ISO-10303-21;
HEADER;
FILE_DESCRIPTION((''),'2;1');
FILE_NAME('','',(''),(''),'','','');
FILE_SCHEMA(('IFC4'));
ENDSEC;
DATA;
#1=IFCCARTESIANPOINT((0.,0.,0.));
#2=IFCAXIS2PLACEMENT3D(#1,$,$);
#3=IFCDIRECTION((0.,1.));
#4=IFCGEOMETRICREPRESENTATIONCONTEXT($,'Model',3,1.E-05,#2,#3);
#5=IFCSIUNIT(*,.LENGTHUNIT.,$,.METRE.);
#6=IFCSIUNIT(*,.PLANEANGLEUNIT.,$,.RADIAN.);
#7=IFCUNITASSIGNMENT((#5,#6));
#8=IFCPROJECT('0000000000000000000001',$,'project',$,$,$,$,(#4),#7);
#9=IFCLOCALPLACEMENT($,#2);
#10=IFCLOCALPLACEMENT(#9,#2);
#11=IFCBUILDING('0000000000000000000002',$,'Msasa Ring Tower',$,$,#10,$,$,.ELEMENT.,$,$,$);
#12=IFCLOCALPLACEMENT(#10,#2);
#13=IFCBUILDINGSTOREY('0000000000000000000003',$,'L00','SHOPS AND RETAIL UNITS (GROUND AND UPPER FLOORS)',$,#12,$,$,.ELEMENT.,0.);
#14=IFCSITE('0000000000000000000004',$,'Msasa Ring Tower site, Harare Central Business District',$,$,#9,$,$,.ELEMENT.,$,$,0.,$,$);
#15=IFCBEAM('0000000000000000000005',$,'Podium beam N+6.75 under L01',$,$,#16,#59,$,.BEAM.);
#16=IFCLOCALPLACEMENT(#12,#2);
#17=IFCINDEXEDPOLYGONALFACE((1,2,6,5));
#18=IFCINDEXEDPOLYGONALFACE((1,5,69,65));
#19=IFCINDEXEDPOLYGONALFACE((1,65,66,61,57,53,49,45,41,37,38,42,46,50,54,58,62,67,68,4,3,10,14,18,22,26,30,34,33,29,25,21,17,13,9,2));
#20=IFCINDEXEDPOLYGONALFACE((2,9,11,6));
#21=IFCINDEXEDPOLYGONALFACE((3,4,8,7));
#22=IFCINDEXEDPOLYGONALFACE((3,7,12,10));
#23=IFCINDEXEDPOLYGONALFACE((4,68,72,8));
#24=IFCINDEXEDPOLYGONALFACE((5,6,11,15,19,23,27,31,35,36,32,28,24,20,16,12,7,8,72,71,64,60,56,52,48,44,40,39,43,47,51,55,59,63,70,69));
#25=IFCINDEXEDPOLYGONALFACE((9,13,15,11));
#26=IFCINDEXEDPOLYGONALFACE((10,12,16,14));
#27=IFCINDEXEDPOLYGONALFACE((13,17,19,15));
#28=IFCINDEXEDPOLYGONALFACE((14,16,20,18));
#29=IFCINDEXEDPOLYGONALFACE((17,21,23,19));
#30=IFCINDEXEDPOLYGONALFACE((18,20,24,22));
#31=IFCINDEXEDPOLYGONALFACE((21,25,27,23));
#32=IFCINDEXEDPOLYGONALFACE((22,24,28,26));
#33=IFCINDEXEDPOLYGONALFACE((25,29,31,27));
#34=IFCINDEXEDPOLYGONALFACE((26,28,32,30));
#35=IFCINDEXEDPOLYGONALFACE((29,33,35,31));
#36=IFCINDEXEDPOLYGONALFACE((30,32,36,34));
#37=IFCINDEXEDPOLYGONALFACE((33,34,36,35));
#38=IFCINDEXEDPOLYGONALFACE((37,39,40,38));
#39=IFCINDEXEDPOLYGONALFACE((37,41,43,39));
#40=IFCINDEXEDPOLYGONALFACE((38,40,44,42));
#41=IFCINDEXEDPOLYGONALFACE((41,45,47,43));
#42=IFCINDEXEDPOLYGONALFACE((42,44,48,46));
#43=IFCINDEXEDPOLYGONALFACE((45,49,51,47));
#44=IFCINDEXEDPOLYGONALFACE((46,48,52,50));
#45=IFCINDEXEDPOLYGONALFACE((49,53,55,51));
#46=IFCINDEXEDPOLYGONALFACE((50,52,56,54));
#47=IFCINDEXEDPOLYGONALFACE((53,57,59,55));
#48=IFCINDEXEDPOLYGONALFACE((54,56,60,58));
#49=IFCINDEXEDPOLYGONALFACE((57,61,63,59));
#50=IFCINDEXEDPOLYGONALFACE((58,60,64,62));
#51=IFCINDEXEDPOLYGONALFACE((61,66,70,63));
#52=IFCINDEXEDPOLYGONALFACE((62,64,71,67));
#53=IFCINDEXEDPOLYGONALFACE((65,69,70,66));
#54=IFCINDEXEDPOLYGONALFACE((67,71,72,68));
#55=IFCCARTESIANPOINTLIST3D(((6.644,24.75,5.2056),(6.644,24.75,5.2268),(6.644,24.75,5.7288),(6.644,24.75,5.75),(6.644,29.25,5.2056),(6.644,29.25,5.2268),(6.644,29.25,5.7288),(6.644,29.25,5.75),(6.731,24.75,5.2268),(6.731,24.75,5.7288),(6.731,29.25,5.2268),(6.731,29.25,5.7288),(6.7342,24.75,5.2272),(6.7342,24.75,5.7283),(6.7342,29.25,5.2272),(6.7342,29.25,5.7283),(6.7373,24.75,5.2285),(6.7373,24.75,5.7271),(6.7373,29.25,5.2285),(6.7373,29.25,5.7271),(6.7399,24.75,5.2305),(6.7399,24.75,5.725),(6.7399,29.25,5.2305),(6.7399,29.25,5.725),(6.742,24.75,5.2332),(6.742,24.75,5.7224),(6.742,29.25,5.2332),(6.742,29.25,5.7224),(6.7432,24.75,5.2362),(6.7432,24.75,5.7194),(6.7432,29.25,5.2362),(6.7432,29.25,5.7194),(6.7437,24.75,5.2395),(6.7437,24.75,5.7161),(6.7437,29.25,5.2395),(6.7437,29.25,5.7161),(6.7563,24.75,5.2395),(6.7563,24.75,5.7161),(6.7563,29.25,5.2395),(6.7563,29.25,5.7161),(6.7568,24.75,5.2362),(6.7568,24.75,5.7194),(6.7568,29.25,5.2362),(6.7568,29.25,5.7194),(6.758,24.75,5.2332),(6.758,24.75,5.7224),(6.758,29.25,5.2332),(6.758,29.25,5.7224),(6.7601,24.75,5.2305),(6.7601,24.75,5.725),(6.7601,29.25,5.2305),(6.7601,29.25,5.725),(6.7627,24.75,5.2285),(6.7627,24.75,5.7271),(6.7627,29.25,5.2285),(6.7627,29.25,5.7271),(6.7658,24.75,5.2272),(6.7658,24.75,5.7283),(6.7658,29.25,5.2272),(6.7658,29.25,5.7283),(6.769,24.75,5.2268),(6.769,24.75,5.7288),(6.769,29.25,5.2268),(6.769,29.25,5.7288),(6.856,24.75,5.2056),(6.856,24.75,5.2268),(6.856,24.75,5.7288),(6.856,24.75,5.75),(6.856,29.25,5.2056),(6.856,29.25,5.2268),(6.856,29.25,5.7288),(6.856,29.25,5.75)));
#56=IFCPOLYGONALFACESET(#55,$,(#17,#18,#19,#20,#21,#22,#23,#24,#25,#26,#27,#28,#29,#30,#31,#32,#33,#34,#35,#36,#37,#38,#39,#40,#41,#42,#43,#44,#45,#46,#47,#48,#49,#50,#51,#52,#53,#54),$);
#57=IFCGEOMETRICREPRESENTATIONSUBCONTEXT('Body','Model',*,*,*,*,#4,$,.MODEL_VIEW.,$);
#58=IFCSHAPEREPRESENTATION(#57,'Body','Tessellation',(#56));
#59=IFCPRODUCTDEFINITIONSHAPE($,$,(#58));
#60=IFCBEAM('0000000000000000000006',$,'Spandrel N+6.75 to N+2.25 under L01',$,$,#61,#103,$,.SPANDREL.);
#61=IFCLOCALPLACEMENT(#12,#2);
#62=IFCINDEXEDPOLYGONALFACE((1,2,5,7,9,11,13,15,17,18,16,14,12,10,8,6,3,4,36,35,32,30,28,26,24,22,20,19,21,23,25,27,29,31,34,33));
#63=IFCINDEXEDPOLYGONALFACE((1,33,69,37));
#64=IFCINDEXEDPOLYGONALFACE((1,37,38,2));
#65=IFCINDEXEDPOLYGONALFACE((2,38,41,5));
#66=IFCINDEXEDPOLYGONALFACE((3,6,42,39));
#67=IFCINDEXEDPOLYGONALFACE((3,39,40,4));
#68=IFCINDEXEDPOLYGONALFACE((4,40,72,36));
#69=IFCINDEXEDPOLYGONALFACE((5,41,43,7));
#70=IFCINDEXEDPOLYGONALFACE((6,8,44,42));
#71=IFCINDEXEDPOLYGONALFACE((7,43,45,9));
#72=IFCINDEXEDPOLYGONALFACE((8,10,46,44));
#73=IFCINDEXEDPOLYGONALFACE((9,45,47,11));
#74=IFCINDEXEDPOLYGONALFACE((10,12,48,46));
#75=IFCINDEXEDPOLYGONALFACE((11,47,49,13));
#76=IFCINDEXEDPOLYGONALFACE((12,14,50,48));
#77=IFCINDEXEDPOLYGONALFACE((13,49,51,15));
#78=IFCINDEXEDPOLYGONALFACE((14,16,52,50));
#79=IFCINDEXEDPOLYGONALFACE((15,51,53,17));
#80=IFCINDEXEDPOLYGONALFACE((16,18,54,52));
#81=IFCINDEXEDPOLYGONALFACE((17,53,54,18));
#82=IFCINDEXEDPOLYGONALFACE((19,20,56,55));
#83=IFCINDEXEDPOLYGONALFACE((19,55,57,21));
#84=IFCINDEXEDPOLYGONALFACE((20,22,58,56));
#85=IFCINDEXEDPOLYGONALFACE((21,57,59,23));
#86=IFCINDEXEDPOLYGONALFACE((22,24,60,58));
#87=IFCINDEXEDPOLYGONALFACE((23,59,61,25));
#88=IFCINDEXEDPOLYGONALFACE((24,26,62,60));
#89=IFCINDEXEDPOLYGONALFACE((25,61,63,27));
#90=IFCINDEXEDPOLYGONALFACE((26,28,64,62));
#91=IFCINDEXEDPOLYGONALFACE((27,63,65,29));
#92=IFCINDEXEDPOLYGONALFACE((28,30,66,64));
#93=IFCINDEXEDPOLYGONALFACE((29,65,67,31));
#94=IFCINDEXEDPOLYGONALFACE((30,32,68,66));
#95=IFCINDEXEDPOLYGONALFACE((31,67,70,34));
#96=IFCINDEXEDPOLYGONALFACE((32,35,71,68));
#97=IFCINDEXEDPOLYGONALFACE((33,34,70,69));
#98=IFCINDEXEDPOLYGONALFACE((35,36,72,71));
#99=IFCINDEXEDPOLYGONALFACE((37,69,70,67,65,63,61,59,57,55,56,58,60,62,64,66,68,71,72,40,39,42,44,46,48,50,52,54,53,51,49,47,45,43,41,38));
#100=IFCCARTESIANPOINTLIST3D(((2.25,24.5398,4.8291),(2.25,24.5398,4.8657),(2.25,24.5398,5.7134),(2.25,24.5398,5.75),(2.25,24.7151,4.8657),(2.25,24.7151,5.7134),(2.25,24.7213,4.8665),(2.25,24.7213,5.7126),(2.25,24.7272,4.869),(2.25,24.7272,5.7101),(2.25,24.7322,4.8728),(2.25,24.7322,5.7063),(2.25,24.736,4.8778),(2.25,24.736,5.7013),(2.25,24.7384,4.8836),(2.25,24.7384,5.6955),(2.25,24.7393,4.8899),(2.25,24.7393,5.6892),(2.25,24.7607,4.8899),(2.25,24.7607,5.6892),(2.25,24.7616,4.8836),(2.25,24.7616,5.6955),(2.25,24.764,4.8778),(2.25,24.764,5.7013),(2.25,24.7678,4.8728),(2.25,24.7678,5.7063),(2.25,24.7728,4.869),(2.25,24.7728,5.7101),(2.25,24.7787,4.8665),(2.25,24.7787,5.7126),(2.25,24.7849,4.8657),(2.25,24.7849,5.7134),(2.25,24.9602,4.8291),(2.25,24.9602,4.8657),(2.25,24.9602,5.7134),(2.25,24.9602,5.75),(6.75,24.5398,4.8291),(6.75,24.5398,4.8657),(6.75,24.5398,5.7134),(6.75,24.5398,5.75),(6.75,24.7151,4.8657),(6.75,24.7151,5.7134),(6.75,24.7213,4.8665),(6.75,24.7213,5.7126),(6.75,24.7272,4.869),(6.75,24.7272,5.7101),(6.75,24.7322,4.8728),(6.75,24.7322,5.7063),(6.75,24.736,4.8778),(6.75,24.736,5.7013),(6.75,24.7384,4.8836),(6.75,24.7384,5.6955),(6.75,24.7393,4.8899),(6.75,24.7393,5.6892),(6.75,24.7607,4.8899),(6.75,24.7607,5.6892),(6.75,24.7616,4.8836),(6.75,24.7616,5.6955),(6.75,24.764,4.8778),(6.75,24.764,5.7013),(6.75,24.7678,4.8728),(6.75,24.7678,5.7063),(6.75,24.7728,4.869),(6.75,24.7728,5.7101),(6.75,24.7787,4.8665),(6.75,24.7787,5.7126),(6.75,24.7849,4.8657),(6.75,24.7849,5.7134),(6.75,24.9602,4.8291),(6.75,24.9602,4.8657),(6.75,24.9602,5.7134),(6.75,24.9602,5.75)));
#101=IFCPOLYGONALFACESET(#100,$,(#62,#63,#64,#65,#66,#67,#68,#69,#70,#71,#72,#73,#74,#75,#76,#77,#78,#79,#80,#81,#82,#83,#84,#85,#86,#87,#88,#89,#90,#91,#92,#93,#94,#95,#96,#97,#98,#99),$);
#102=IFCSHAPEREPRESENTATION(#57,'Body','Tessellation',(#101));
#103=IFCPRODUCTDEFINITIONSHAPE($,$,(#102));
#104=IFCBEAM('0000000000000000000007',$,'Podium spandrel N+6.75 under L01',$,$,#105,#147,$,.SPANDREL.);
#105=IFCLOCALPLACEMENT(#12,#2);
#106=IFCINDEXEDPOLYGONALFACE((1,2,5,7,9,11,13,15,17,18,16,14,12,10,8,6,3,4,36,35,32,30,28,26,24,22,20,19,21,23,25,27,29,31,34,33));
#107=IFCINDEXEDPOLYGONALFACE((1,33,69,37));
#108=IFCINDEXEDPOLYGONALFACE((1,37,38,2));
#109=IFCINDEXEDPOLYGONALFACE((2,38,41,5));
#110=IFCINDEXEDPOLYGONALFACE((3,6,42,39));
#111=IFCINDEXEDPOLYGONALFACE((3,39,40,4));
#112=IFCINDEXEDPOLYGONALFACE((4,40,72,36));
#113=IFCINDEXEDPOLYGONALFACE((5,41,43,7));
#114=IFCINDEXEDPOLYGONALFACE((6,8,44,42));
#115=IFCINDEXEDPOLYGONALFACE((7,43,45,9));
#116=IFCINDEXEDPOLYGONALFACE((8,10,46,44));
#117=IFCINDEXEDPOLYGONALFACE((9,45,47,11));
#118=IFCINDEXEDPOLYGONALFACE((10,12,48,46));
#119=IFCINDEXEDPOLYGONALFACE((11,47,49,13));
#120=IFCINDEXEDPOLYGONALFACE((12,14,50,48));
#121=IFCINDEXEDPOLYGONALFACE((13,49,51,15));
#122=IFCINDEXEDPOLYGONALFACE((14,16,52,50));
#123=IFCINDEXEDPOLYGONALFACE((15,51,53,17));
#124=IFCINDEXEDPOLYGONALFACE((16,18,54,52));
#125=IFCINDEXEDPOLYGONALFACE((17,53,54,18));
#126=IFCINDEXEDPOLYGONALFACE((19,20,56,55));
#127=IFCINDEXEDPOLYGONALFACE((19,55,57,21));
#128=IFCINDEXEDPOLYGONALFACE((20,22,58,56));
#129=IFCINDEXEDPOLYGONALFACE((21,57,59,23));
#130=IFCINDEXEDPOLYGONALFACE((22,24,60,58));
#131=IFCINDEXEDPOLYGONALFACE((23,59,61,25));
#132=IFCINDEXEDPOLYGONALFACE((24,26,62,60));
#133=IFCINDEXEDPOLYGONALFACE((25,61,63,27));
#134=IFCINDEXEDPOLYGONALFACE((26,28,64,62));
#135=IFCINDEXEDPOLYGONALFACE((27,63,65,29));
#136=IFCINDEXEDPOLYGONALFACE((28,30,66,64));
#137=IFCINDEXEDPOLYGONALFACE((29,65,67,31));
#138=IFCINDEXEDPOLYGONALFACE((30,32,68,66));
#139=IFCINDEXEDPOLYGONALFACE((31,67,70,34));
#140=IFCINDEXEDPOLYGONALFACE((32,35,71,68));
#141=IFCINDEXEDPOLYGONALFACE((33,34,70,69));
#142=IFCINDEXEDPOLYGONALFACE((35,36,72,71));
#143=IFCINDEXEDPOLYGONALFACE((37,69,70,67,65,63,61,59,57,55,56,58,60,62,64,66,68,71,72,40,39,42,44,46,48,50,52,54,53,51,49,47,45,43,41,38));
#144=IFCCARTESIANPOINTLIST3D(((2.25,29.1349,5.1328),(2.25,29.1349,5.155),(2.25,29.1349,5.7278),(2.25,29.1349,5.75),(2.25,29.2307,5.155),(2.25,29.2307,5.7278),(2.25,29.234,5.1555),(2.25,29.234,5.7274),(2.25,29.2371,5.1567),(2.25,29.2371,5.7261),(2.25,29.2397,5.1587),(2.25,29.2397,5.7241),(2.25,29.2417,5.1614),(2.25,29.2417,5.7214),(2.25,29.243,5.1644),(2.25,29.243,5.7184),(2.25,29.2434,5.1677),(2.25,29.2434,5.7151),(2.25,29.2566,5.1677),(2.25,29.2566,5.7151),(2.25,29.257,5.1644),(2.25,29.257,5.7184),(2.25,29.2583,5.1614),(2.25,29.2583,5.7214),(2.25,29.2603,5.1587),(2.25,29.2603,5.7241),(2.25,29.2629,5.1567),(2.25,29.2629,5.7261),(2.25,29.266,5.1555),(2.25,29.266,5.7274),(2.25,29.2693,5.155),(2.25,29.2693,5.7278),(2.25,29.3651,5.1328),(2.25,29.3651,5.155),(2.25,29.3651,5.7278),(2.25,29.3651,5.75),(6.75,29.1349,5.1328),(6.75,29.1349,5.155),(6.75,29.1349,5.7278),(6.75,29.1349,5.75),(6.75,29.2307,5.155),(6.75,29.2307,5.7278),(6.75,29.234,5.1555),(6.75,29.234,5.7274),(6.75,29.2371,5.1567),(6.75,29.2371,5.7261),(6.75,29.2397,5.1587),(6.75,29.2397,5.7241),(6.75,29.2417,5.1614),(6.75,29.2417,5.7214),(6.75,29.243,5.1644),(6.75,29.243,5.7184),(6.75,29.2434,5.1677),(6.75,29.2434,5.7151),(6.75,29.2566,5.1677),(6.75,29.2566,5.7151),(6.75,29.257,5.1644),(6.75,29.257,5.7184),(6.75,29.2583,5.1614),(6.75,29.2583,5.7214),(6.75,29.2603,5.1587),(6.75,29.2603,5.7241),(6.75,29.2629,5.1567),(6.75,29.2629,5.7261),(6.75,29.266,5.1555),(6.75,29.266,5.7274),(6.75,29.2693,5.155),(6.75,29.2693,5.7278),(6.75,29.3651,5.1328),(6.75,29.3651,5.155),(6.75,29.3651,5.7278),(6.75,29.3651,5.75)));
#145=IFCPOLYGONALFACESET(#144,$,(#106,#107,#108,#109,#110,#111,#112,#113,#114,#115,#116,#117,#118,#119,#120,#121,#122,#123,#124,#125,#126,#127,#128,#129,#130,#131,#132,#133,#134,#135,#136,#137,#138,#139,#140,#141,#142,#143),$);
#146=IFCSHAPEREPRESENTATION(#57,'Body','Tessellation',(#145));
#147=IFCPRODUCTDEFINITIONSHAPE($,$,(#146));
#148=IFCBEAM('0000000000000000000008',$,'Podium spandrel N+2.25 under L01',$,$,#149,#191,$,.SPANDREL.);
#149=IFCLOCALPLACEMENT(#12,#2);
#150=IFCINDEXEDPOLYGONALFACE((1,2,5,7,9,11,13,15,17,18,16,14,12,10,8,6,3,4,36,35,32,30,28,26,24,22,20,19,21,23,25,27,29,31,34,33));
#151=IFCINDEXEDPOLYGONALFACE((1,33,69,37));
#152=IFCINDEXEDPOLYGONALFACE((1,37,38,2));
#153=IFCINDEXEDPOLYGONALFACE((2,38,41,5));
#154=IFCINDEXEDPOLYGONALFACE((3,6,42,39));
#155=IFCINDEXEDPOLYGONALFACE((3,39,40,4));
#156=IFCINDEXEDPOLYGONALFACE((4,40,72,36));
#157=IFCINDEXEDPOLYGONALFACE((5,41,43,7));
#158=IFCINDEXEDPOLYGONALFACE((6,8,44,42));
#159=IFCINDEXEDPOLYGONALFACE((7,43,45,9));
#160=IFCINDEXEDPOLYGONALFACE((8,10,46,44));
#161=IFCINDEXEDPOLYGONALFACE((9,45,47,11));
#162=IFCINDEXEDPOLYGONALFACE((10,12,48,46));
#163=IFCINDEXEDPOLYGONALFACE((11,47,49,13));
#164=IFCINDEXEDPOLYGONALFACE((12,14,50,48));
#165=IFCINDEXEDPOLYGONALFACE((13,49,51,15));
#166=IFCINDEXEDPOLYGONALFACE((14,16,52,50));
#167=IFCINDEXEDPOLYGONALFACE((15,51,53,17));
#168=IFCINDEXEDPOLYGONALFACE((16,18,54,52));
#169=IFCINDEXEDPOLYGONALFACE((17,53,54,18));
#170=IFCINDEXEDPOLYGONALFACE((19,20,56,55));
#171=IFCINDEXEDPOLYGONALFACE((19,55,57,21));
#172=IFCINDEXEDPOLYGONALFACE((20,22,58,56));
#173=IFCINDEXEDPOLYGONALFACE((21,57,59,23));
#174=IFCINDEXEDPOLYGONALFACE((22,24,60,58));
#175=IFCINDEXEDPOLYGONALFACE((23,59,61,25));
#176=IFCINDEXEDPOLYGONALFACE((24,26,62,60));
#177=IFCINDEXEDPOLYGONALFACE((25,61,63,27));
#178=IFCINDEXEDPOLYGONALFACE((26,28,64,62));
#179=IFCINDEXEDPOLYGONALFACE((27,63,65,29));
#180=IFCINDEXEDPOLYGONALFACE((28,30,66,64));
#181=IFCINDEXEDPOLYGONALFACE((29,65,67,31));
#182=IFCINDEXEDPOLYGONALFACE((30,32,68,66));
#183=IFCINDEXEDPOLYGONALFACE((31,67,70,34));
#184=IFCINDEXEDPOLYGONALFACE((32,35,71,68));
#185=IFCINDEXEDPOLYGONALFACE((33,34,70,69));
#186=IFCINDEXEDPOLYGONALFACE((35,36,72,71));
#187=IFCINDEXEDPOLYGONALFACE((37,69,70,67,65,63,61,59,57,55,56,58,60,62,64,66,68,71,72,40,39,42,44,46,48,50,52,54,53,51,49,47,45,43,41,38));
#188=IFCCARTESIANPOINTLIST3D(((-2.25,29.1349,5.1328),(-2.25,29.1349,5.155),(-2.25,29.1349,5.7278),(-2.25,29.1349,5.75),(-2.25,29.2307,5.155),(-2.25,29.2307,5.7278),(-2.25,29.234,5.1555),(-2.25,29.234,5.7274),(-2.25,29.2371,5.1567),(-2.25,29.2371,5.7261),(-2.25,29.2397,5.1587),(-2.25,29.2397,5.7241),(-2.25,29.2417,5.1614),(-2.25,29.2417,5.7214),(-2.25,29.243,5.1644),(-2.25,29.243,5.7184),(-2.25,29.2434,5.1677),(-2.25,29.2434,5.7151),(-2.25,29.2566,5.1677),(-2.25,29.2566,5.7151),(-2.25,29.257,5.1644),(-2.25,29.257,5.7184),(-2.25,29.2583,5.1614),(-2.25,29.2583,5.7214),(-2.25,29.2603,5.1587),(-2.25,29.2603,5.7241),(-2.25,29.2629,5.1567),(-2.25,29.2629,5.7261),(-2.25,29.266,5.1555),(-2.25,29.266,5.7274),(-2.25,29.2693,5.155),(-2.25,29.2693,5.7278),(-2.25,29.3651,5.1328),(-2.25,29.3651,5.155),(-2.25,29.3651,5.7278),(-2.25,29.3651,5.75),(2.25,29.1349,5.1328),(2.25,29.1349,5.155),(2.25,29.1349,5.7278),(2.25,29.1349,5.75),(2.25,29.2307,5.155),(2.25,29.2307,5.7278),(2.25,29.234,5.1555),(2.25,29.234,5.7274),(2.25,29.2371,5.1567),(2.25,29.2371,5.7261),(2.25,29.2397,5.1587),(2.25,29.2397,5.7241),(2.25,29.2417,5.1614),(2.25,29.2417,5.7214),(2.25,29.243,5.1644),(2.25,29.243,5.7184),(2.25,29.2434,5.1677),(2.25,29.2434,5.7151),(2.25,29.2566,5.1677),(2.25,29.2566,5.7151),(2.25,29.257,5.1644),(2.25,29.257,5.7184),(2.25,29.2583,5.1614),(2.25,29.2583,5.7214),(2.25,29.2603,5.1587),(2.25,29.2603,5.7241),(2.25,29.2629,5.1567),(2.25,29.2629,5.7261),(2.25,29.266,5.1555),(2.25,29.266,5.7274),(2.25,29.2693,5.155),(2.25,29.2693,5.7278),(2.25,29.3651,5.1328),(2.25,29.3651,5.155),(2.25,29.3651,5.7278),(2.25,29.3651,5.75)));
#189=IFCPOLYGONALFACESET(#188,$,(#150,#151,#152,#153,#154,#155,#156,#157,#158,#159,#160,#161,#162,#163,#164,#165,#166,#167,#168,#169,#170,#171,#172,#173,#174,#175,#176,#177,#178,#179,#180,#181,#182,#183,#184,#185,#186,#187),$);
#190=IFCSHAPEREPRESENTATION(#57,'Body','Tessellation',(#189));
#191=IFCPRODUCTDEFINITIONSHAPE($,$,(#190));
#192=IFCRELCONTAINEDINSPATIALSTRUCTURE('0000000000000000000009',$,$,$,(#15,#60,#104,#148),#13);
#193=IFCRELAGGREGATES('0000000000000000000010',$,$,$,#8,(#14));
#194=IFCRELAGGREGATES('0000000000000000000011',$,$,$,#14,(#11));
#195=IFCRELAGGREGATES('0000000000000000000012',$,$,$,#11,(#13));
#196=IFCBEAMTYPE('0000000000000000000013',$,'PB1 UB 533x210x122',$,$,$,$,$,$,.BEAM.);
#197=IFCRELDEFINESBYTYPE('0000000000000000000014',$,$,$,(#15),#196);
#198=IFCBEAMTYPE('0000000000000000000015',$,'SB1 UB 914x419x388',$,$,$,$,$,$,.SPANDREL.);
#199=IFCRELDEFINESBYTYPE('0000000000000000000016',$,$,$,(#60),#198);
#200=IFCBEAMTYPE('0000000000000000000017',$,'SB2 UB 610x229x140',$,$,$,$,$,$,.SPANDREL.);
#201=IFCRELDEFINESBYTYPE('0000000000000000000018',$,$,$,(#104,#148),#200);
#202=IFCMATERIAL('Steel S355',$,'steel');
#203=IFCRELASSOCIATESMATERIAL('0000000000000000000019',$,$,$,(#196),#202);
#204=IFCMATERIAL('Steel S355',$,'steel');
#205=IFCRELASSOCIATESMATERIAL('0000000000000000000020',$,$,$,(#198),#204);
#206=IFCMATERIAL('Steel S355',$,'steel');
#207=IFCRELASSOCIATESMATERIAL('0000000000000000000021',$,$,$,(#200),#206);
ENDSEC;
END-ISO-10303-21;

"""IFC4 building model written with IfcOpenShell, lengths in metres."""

from ifc_helpers import new_model, si_unit, direction, frame, origin, origin_2d, place, context, subcontext, project, spatial, i_section, extrude, material, material_profile, profile_set, type_object, element, save


model = new_model("IFC4")

# Units and contexts
model_context = context("Model", 3, precision=1e-05, world=origin(), true_north=direction((0.0, 1.0)))
body_context = subcontext(model_context, "Body", "Model", "MODEL_VIEW")
ifc_project = project(units=[si_unit("LENGTHUNIT", "METRE"), si_unit("PLANEANGLEUNIT", "RADIAN")], contexts=[model_context])

# Site, building, storey
site_placement = place(None, origin())
site = spatial("IfcSite", under=ifc_project, at=site_placement, Name="Msasa Ring Tower site, Harare Central Business District", CompositionType="ELEMENT", RefElevation=0.0)
building_placement = place(site_placement, origin())
building = spatial("IfcBuilding", under=site, at=building_placement, Name="Msasa Ring Tower", CompositionType="ELEMENT")
storey_placement = place(building_placement, origin())
storey = spatial("IfcBuildingStorey", under=building, at=storey_placement, Name="L00", Description="SHOPS AND RETAIL UNITS (GROUND AND UPPER FLOORS)", CompositionType="ELEMENT", Elevation=0.0)

# Beams
ifc_material_1 = material(Name="Steel S355", Category="steel")
ifc_material_profile_1 = material_profile(ifc_material_1, i_section(OverallWidth=0.2119, OverallDepth=0.5444, WebThickness=0.0127, FlangeThickness=0.0212, FilletRadius=0.0127, at=origin_2d()), Name="UB 533x210x122")
ifc_profile_set_1 = profile_set([ifc_material_profile_1], Name="Steel S355")
beam_type_1 = type_object("IfcBeamType", Name="PB1 UB 533x210x122", PredefinedType="BEAM", material=ifc_profile_set_1)
for number, where, z_axis, x_axis, name in (
    (1, (6.75, 29.25, 5.4778), (0.0, -1.0, 0.0), (1.0, 0.0, 0.0), "Podium beam N+6.75 under L01"),
):
    element("IfcBeam", number, at=place(storey_placement, frame(where, z_axis=z_axis, x_axis=x_axis)), inside=storey, type_object=beam_type_1, Name=name, PredefinedType="BEAM", context=body_context, shape_type="SweptSolid", body=[
        extrude(i_section(OverallWidth=0.2119, OverallDepth=0.5444, WebThickness=0.0127, FlangeThickness=0.0212, FilletRadius=0.0127, at=origin_2d()), origin(), (0.0, 0.0, 1.0), 4.5),
    ])
ifc_material_2 = material(Name="Steel S355", Category="steel")
ifc_material_profile_2 = material_profile(ifc_material_2, i_section(OverallWidth=0.4204, OverallDepth=0.9209, WebThickness=0.0215, FlangeThickness=0.0366, FilletRadius=0.0242, at=origin_2d()), Name="UB 914x419x388")
ifc_profile_set_2 = profile_set([ifc_material_profile_2], Name="Steel S355")
beam_type_2 = type_object("IfcBeamType", Name="SB1 UB 914x419x388", PredefinedType="SPANDREL", material=ifc_profile_set_2)
beam_1_placement = place(storey_placement, frame((6.75, 24.75, 5.2896), z_axis=(-1.0, 0.0, 0.0), x_axis=(0.0, -1.0, 0.0)))
element("IfcBeam", 2, at=beam_1_placement, inside=storey, type_object=beam_type_2, Name="Spandrel N+6.75 to N+2.25 under L01", PredefinedType="SPANDREL", context=body_context, shape_type="SweptSolid", body=[
    extrude(i_section(OverallWidth=0.4204, OverallDepth=0.9209, WebThickness=0.0215, FlangeThickness=0.0366, FilletRadius=0.0242, at=origin_2d()), origin(), (0.0, 0.0, 1.0), 4.5),
])
ifc_material_3 = material(Name="Steel S355", Category="steel")
ifc_material_profile_3 = material_profile(ifc_material_3, i_section(OverallWidth=0.2302, OverallDepth=0.6172, WebThickness=0.0132, FlangeThickness=0.0222, FilletRadius=0.0127, at=origin_2d()), Name="UB 610x229x140")
ifc_profile_set_3 = profile_set([ifc_material_profile_3], Name="Steel S355")
beam_type_3 = type_object("IfcBeamType", Name="SB2 UB 610x229x140", PredefinedType="SPANDREL", material=ifc_profile_set_3)
for number, where, z_axis, x_axis, name in (
    (3, (6.75, 29.25, 5.4414), (-1.0, 0.0, 0.0), (0.0, -1.0, 0.0), "Podium spandrel N+6.75 under L01"),
    (4, (2.25, 29.25, 5.4414), (-1.0, 0.0, 0.0), (0.0, -1.0, 0.0), "Podium spandrel N+2.25 under L01"),
):
    element("IfcBeam", number, at=place(storey_placement, frame(where, z_axis=z_axis, x_axis=x_axis)), inside=storey, type_object=beam_type_3, Name=name, PredefinedType="SPANDREL", context=body_context, shape_type="SweptSolid", body=[
        extrude(i_section(OverallWidth=0.2302, OverallDepth=0.6172, WebThickness=0.0132, FlangeThickness=0.0222, FilletRadius=0.0127, at=origin_2d()), origin(), (0.0, 0.0, 1.0), 4.5),
    ])

save(model, "model.ifc")
